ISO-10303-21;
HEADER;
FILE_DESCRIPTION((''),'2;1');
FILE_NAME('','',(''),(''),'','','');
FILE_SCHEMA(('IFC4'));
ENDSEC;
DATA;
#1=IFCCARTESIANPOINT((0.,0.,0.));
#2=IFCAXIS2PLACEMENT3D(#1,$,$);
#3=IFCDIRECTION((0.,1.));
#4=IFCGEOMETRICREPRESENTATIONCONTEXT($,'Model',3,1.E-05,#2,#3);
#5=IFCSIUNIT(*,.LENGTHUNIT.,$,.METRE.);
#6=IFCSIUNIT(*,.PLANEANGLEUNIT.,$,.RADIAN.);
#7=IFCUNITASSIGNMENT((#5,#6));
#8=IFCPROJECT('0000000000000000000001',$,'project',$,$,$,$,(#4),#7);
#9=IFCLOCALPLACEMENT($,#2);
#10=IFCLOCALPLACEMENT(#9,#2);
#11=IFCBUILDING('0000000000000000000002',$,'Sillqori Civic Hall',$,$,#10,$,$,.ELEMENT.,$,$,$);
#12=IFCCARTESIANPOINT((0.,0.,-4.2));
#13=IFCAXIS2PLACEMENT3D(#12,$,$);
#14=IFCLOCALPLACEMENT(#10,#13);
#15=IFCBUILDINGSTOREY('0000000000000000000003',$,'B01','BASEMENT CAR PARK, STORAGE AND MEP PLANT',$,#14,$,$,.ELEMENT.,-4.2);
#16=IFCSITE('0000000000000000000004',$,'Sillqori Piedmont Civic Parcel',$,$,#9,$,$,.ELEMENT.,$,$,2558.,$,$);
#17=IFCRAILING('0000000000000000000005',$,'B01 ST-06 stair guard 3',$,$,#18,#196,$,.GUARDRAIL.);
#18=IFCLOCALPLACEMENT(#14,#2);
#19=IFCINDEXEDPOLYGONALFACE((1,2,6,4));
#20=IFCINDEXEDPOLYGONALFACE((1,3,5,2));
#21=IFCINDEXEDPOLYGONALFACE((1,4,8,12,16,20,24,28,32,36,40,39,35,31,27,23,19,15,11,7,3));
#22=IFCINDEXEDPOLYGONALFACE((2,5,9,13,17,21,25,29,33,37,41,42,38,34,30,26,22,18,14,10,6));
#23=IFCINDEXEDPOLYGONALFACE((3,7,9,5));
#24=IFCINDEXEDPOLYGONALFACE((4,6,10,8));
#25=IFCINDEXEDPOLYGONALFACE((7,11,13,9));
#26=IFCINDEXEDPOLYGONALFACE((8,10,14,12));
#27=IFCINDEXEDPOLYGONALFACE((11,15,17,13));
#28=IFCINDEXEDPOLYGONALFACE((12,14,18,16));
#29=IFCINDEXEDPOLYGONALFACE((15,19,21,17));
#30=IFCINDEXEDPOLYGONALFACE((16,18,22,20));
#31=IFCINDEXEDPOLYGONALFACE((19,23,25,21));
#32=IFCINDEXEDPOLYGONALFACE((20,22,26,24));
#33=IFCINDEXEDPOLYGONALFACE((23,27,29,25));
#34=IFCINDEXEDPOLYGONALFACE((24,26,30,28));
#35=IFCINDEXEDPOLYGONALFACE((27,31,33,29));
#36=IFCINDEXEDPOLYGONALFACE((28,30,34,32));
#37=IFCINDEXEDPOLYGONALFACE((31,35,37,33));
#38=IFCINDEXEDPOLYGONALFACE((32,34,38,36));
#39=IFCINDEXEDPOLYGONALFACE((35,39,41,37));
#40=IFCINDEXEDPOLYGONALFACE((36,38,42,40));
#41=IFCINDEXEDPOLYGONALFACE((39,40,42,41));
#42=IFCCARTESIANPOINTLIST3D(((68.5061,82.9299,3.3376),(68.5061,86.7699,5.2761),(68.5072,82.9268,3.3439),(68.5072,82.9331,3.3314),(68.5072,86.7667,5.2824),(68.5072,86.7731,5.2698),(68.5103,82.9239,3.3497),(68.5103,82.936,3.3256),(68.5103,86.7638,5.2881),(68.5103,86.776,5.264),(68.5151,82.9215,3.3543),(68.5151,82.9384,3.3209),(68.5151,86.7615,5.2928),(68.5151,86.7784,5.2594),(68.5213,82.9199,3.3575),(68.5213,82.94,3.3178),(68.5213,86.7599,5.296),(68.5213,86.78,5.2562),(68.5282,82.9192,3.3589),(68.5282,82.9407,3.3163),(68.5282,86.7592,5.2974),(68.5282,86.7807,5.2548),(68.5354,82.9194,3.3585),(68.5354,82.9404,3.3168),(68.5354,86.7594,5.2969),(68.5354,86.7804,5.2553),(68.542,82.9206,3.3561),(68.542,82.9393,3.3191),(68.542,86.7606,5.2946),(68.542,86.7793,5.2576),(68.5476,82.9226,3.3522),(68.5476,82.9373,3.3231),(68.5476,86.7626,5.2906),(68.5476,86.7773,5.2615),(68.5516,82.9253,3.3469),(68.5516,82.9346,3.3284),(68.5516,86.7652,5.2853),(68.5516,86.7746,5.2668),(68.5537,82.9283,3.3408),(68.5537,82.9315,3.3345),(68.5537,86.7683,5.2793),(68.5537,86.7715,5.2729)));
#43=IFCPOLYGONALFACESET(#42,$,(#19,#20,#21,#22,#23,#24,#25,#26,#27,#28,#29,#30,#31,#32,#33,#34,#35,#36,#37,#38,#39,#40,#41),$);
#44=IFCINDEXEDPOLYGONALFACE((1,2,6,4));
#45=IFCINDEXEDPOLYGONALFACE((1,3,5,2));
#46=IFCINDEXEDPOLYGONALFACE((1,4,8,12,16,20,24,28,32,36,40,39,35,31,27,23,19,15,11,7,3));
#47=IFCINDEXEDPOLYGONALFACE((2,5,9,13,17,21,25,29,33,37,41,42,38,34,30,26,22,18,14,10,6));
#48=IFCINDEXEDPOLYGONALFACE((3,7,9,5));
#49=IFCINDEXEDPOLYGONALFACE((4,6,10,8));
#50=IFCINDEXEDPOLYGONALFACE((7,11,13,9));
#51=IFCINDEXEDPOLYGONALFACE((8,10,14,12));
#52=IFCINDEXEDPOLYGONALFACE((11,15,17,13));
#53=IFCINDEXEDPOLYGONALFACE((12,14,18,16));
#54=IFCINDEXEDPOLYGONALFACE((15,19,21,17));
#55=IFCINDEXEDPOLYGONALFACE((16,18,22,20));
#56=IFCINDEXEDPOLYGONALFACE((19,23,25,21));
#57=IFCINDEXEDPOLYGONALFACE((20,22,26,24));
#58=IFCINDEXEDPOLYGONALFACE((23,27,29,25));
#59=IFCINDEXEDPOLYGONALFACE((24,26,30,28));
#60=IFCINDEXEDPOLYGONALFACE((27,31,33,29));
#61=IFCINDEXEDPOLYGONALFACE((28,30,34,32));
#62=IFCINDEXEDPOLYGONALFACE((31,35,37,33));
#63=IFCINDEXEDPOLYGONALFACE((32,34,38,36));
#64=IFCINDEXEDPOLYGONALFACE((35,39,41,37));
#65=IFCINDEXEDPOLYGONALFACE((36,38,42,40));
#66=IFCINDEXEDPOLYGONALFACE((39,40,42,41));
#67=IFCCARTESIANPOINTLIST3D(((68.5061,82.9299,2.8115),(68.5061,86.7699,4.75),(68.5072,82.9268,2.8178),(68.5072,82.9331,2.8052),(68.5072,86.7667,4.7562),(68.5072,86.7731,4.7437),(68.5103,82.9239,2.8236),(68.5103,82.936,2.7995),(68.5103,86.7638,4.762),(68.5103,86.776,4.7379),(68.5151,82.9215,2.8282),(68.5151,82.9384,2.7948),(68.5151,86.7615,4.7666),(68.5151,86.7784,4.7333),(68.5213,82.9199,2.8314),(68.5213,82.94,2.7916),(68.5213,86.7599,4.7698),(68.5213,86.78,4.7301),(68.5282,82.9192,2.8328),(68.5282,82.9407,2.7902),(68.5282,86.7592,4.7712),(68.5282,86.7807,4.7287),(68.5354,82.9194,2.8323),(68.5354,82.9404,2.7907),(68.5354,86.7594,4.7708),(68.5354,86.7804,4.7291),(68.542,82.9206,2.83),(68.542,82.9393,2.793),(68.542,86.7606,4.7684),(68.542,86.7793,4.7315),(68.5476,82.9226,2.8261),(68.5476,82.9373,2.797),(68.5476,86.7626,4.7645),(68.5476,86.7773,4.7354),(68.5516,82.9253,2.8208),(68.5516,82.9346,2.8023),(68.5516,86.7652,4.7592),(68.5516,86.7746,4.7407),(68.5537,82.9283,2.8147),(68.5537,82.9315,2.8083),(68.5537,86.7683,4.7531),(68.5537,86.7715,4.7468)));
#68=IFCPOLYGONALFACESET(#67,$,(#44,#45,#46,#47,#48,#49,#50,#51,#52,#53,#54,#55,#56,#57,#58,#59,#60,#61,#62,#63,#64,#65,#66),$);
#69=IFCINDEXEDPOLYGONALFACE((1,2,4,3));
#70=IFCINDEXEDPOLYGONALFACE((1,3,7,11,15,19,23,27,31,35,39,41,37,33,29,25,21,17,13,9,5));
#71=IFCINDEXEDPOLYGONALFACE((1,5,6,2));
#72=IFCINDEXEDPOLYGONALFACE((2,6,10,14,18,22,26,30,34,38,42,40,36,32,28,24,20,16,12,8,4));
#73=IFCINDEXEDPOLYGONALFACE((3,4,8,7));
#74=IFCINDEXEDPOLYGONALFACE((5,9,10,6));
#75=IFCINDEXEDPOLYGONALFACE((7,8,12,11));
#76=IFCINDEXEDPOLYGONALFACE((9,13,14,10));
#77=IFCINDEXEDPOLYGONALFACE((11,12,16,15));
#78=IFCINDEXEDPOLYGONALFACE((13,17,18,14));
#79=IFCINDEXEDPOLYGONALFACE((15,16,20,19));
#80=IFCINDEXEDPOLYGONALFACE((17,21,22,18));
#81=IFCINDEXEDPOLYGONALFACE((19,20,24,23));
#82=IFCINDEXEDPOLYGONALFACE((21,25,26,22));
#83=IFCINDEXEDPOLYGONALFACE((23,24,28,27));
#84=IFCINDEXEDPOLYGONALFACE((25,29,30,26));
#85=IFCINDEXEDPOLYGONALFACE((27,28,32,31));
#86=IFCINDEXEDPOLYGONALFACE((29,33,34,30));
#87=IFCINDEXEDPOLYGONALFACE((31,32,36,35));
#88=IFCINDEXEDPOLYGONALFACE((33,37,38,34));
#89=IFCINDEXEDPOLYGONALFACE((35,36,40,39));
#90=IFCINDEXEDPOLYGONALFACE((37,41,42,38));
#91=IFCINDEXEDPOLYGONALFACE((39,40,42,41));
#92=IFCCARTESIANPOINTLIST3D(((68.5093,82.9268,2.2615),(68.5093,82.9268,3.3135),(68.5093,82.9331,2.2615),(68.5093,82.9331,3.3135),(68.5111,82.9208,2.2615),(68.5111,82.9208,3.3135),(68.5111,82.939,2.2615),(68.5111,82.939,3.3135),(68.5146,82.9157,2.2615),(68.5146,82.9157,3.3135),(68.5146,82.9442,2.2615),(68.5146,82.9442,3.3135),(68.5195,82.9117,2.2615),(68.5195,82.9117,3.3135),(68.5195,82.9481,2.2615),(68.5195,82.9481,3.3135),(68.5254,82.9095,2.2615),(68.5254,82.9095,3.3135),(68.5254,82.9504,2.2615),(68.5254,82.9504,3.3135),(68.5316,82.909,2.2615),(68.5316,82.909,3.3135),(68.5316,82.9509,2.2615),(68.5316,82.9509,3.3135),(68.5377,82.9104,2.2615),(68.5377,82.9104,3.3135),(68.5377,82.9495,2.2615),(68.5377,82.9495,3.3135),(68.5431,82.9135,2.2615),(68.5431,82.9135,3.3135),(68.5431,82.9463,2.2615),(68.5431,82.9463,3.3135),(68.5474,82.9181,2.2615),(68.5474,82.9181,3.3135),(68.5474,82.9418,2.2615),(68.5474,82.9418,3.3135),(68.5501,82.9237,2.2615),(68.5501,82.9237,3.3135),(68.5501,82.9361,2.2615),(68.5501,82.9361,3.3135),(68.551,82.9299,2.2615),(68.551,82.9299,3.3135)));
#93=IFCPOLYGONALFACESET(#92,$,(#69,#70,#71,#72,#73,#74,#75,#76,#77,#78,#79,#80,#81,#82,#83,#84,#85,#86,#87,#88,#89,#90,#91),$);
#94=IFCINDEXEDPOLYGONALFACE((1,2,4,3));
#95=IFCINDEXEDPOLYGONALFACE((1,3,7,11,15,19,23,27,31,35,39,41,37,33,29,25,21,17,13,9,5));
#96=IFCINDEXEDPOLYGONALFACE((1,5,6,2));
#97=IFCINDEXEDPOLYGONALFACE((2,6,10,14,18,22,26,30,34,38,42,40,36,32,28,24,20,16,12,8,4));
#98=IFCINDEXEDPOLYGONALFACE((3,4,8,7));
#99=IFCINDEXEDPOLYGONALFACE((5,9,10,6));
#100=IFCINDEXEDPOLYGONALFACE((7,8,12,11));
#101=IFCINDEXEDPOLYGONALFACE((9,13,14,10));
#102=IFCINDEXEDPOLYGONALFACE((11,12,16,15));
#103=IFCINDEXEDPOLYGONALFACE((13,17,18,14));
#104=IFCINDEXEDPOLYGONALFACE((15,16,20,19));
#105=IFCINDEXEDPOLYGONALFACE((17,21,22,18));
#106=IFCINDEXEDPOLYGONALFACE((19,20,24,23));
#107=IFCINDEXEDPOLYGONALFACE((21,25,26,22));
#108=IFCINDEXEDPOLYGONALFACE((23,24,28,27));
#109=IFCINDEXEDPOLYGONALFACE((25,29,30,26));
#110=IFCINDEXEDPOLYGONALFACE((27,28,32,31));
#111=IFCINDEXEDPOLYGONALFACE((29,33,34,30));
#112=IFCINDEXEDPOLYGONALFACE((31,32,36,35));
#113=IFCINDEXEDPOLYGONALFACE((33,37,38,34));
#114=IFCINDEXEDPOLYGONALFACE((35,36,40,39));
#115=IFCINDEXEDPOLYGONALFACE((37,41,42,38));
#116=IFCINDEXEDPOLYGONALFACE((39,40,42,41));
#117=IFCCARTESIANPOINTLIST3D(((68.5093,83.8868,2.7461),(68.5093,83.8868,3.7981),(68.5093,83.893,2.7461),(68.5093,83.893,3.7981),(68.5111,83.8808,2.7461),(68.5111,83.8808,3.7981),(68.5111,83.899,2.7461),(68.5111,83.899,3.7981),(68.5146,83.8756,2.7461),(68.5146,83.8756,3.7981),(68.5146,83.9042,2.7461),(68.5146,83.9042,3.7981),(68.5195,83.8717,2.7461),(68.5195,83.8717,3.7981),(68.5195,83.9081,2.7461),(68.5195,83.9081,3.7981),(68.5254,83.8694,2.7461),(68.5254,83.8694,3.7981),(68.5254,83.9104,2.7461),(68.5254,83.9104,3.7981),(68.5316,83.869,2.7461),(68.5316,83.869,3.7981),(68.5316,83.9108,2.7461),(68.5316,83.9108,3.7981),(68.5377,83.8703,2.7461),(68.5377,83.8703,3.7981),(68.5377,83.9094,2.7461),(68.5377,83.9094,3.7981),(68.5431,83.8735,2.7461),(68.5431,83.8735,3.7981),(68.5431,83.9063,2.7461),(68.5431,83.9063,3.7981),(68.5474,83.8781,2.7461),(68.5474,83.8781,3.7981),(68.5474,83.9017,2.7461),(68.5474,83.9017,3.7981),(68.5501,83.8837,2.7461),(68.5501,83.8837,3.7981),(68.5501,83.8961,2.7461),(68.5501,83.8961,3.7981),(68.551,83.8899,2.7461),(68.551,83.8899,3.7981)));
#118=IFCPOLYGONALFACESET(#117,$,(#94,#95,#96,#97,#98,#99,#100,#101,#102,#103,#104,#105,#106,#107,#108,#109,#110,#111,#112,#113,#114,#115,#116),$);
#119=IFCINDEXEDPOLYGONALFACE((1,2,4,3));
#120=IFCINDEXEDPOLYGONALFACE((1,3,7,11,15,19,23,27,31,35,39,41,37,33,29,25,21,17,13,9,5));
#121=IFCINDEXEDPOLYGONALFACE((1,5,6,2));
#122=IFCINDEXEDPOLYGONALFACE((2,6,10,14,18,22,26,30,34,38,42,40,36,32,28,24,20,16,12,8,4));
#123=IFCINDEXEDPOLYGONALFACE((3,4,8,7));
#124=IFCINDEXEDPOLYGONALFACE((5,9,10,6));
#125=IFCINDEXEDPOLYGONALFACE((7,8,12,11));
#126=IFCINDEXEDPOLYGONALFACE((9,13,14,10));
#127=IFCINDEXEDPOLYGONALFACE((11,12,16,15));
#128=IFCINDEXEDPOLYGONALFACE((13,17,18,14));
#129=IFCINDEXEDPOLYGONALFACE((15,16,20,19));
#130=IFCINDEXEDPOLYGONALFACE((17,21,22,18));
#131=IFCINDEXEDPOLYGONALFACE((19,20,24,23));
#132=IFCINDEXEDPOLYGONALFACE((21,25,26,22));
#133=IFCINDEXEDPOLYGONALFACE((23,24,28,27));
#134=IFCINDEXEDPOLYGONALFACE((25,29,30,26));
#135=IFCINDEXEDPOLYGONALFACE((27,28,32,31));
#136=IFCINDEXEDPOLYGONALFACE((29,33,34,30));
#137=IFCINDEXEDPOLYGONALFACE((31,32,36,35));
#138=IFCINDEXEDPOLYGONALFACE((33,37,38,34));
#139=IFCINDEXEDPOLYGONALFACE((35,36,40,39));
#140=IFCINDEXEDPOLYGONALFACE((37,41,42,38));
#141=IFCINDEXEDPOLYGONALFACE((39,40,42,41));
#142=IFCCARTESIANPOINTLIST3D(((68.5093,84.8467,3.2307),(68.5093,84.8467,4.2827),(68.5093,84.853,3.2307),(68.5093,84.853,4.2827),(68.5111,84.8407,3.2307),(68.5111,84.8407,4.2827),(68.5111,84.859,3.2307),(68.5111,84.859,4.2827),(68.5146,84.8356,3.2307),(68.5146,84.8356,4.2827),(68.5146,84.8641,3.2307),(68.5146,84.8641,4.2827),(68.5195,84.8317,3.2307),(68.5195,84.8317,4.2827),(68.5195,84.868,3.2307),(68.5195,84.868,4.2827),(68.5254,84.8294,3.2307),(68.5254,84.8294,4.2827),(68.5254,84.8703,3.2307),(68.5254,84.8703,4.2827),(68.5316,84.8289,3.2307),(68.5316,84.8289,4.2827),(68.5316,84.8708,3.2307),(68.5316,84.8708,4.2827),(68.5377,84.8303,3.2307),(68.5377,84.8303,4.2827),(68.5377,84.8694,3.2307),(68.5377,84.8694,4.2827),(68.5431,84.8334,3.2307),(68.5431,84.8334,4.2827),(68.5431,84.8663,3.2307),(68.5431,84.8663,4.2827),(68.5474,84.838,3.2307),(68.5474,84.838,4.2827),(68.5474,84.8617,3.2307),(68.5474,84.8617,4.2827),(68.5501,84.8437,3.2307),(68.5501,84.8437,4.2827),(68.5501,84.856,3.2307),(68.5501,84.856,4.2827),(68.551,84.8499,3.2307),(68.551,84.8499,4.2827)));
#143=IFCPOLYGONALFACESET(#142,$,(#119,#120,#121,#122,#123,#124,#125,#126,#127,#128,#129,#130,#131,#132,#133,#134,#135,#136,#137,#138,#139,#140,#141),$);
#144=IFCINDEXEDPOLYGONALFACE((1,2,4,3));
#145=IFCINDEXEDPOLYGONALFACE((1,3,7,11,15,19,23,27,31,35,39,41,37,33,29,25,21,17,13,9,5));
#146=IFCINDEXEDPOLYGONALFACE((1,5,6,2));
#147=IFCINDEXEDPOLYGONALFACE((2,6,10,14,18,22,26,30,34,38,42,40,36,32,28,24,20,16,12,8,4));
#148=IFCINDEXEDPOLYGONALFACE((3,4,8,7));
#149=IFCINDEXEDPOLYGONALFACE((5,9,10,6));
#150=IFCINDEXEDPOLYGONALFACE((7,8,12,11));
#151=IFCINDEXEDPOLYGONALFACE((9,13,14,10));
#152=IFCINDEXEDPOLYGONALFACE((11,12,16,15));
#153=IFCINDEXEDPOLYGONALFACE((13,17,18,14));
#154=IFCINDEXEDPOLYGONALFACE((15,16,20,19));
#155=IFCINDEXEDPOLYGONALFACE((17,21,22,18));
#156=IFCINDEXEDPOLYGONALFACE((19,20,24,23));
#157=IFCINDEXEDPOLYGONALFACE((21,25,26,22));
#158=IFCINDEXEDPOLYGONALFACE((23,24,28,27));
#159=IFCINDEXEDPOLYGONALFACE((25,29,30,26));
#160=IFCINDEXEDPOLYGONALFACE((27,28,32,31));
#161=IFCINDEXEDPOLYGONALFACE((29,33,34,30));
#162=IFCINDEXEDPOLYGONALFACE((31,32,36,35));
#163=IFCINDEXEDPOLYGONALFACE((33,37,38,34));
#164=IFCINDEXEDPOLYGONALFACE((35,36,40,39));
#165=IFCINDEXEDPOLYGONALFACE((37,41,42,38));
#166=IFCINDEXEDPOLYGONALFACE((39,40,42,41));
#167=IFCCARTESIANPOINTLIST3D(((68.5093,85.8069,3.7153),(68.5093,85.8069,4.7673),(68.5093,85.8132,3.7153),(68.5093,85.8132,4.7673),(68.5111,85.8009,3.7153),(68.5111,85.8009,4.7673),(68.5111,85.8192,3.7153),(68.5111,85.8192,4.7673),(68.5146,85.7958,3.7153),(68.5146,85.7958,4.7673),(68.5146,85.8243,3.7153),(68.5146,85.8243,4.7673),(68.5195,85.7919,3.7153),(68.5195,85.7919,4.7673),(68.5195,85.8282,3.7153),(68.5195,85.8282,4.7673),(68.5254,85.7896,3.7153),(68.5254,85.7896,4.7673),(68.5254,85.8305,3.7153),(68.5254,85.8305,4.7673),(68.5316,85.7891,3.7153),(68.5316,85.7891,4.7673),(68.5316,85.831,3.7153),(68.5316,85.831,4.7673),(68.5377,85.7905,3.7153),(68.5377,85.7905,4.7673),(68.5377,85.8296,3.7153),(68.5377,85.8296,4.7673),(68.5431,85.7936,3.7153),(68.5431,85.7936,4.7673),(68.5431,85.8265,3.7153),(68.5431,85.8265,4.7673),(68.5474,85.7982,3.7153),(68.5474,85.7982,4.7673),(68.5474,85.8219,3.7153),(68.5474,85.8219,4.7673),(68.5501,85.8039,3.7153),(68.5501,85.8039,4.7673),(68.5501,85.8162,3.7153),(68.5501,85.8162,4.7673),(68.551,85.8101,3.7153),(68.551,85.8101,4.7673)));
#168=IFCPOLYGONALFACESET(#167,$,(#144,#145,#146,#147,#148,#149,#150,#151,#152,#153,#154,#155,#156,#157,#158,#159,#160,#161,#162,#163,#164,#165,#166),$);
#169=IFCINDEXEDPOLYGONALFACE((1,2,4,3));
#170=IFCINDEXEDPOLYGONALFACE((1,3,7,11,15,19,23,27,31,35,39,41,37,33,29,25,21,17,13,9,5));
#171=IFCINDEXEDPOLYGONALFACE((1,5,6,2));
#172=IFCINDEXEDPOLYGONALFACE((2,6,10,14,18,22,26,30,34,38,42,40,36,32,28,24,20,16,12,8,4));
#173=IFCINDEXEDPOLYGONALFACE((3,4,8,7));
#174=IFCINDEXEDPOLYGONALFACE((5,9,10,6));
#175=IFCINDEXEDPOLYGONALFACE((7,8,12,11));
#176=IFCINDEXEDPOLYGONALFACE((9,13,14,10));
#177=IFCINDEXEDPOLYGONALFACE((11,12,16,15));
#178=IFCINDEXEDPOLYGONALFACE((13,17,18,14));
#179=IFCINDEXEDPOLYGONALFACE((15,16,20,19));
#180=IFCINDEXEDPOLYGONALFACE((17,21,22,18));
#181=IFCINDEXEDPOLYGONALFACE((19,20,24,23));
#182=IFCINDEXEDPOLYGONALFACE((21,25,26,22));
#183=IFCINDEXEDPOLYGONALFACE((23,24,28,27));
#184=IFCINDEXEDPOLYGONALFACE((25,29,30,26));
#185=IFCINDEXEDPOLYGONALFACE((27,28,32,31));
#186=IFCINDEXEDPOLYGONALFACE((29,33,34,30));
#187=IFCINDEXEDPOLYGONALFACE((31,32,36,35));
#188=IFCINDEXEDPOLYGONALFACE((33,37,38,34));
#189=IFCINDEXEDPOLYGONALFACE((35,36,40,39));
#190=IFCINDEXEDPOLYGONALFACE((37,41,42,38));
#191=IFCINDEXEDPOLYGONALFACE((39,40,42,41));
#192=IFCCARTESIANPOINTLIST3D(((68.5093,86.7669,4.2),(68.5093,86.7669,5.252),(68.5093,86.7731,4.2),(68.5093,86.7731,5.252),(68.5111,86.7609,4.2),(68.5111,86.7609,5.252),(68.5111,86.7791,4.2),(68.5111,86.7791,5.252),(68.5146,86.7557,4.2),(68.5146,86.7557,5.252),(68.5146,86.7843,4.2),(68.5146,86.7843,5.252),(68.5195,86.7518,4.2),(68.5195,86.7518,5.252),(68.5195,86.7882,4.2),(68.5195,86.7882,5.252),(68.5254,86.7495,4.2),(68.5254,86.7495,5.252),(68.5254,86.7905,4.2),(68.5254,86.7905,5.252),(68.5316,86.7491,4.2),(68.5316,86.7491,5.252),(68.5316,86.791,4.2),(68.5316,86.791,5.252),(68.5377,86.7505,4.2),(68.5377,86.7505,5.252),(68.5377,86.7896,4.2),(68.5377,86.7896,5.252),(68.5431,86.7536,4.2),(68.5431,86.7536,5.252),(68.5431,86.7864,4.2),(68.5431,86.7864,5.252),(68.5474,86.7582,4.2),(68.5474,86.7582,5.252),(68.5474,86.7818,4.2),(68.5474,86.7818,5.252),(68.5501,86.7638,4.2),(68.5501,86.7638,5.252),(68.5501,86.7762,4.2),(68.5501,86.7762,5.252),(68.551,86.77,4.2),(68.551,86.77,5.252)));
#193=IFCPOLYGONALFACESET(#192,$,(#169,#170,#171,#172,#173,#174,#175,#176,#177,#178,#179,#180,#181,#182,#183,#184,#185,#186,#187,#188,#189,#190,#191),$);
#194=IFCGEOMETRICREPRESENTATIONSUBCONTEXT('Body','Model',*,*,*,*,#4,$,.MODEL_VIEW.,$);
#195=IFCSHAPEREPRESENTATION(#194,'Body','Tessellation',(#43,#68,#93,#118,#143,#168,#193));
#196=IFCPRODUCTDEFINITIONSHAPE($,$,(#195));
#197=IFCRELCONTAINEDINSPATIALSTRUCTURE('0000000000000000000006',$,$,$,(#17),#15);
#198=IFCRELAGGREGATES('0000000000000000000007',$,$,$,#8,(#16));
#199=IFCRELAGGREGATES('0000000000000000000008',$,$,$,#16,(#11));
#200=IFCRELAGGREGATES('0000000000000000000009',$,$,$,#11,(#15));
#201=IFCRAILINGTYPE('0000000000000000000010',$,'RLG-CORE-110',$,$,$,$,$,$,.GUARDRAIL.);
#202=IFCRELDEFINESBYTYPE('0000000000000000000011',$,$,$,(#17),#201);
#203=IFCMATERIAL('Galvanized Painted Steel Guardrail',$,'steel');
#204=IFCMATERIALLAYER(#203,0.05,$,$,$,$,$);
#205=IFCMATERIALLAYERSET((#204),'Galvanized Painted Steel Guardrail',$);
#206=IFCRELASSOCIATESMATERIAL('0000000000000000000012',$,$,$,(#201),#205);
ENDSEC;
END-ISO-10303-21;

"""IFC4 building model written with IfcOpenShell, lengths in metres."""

from ifc_helpers import new_model, si_unit, direction, frame, origin, origin_2d, place, context, subcontext, project, spatial, circle, extrude, material, layer, layer_set, type_object, element, save


model = new_model("IFC4")

# Units and contexts
model_context = context("Model", 3, precision=1e-05, world=origin(), true_north=direction((0.0, 1.0)))
body_context = subcontext(model_context, "Body", "Model", "MODEL_VIEW")
ifc_project = project(units=[si_unit("LENGTHUNIT", "METRE"), si_unit("PLANEANGLEUNIT", "RADIAN")], contexts=[model_context])

# Site, building, storey
site_placement = place(None, origin())
site = spatial("IfcSite", under=ifc_project, at=site_placement, Name="Sillqori Piedmont Civic Parcel", CompositionType="ELEMENT", RefElevation=2558.0)
building_placement = place(site_placement, origin())
building = spatial("IfcBuilding", under=site, at=building_placement, Name="Sillqori Civic Hall", CompositionType="ELEMENT")
storey_placement = place(building_placement, frame((0.0, 0.0, -4.2)))
storey = spatial("IfcBuildingStorey", under=building, at=storey_placement, Name="B01", Description="BASEMENT CAR PARK, STORAGE AND MEP PLANT", CompositionType="ELEMENT", Elevation=-4.2)

# Railing
ifc_material_1 = material(Name="Galvanized Painted Steel Guardrail", Category="steel")
ifc_layer_1 = layer(ifc_material_1, 0.05)
ifc_layer_set_1 = layer_set([ifc_layer_1], Name="Galvanized Painted Steel Guardrail")
railing_type_1 = type_object("IfcRailingType", Name="RLG-CORE-110", PredefinedType="GUARDRAIL", material=ifc_layer_set_1)
railing_1_placement = place(storey_placement, frame((68.53, 82.9299, 2.2615)))
element("IfcRailing", 1, at=railing_1_placement, inside=storey, type_object=railing_type_1, Name="B01 ST-06 stair guard 3", PredefinedType="GUARDRAIL", context=body_context, shape_type="SweptSolid", body=[
    extrude(circle(Radius=0.0239, at=origin_2d()), frame((0.0, 0.0, 1.0762), z_axis=(0.0, 0.892707, 0.450638), x_axis=(-1.0, 0.0, 0.0)), (0.0, 0.0, 1.0), 4.3015),
    extrude(circle(Radius=0.0239, at=origin_2d()), frame((0.0, 0.0, 0.55), z_axis=(0.0, 0.892707, 0.450638), x_axis=(-1.0, 0.0, 0.0)), (0.0, 0.0, 1.0), 4.3015),
    extrude(circle(Radius=0.021, at=origin_2d()), origin(), (0.0, 0.0, 1.0), 1.052),
    extrude(circle(Radius=0.021, at=origin_2d()), frame((0.0, 0.96, 0.4846)), (0.0, 0.0, 1.0), 1.052),
    extrude(circle(Radius=0.021, at=origin_2d()), frame((0.0, 1.9199, 0.9692)), (0.0, 0.0, 1.0), 1.052),
    extrude(circle(Radius=0.021, at=origin_2d()), frame((0.0, 2.8801, 1.4539)), (0.0, 0.0, 1.0), 1.052),
    extrude(circle(Radius=0.021, at=origin_2d()), frame((0.0, 3.8401, 1.9385)), (0.0, 0.0, 1.0), 1.052),
])

save(model, "model.ifc")
